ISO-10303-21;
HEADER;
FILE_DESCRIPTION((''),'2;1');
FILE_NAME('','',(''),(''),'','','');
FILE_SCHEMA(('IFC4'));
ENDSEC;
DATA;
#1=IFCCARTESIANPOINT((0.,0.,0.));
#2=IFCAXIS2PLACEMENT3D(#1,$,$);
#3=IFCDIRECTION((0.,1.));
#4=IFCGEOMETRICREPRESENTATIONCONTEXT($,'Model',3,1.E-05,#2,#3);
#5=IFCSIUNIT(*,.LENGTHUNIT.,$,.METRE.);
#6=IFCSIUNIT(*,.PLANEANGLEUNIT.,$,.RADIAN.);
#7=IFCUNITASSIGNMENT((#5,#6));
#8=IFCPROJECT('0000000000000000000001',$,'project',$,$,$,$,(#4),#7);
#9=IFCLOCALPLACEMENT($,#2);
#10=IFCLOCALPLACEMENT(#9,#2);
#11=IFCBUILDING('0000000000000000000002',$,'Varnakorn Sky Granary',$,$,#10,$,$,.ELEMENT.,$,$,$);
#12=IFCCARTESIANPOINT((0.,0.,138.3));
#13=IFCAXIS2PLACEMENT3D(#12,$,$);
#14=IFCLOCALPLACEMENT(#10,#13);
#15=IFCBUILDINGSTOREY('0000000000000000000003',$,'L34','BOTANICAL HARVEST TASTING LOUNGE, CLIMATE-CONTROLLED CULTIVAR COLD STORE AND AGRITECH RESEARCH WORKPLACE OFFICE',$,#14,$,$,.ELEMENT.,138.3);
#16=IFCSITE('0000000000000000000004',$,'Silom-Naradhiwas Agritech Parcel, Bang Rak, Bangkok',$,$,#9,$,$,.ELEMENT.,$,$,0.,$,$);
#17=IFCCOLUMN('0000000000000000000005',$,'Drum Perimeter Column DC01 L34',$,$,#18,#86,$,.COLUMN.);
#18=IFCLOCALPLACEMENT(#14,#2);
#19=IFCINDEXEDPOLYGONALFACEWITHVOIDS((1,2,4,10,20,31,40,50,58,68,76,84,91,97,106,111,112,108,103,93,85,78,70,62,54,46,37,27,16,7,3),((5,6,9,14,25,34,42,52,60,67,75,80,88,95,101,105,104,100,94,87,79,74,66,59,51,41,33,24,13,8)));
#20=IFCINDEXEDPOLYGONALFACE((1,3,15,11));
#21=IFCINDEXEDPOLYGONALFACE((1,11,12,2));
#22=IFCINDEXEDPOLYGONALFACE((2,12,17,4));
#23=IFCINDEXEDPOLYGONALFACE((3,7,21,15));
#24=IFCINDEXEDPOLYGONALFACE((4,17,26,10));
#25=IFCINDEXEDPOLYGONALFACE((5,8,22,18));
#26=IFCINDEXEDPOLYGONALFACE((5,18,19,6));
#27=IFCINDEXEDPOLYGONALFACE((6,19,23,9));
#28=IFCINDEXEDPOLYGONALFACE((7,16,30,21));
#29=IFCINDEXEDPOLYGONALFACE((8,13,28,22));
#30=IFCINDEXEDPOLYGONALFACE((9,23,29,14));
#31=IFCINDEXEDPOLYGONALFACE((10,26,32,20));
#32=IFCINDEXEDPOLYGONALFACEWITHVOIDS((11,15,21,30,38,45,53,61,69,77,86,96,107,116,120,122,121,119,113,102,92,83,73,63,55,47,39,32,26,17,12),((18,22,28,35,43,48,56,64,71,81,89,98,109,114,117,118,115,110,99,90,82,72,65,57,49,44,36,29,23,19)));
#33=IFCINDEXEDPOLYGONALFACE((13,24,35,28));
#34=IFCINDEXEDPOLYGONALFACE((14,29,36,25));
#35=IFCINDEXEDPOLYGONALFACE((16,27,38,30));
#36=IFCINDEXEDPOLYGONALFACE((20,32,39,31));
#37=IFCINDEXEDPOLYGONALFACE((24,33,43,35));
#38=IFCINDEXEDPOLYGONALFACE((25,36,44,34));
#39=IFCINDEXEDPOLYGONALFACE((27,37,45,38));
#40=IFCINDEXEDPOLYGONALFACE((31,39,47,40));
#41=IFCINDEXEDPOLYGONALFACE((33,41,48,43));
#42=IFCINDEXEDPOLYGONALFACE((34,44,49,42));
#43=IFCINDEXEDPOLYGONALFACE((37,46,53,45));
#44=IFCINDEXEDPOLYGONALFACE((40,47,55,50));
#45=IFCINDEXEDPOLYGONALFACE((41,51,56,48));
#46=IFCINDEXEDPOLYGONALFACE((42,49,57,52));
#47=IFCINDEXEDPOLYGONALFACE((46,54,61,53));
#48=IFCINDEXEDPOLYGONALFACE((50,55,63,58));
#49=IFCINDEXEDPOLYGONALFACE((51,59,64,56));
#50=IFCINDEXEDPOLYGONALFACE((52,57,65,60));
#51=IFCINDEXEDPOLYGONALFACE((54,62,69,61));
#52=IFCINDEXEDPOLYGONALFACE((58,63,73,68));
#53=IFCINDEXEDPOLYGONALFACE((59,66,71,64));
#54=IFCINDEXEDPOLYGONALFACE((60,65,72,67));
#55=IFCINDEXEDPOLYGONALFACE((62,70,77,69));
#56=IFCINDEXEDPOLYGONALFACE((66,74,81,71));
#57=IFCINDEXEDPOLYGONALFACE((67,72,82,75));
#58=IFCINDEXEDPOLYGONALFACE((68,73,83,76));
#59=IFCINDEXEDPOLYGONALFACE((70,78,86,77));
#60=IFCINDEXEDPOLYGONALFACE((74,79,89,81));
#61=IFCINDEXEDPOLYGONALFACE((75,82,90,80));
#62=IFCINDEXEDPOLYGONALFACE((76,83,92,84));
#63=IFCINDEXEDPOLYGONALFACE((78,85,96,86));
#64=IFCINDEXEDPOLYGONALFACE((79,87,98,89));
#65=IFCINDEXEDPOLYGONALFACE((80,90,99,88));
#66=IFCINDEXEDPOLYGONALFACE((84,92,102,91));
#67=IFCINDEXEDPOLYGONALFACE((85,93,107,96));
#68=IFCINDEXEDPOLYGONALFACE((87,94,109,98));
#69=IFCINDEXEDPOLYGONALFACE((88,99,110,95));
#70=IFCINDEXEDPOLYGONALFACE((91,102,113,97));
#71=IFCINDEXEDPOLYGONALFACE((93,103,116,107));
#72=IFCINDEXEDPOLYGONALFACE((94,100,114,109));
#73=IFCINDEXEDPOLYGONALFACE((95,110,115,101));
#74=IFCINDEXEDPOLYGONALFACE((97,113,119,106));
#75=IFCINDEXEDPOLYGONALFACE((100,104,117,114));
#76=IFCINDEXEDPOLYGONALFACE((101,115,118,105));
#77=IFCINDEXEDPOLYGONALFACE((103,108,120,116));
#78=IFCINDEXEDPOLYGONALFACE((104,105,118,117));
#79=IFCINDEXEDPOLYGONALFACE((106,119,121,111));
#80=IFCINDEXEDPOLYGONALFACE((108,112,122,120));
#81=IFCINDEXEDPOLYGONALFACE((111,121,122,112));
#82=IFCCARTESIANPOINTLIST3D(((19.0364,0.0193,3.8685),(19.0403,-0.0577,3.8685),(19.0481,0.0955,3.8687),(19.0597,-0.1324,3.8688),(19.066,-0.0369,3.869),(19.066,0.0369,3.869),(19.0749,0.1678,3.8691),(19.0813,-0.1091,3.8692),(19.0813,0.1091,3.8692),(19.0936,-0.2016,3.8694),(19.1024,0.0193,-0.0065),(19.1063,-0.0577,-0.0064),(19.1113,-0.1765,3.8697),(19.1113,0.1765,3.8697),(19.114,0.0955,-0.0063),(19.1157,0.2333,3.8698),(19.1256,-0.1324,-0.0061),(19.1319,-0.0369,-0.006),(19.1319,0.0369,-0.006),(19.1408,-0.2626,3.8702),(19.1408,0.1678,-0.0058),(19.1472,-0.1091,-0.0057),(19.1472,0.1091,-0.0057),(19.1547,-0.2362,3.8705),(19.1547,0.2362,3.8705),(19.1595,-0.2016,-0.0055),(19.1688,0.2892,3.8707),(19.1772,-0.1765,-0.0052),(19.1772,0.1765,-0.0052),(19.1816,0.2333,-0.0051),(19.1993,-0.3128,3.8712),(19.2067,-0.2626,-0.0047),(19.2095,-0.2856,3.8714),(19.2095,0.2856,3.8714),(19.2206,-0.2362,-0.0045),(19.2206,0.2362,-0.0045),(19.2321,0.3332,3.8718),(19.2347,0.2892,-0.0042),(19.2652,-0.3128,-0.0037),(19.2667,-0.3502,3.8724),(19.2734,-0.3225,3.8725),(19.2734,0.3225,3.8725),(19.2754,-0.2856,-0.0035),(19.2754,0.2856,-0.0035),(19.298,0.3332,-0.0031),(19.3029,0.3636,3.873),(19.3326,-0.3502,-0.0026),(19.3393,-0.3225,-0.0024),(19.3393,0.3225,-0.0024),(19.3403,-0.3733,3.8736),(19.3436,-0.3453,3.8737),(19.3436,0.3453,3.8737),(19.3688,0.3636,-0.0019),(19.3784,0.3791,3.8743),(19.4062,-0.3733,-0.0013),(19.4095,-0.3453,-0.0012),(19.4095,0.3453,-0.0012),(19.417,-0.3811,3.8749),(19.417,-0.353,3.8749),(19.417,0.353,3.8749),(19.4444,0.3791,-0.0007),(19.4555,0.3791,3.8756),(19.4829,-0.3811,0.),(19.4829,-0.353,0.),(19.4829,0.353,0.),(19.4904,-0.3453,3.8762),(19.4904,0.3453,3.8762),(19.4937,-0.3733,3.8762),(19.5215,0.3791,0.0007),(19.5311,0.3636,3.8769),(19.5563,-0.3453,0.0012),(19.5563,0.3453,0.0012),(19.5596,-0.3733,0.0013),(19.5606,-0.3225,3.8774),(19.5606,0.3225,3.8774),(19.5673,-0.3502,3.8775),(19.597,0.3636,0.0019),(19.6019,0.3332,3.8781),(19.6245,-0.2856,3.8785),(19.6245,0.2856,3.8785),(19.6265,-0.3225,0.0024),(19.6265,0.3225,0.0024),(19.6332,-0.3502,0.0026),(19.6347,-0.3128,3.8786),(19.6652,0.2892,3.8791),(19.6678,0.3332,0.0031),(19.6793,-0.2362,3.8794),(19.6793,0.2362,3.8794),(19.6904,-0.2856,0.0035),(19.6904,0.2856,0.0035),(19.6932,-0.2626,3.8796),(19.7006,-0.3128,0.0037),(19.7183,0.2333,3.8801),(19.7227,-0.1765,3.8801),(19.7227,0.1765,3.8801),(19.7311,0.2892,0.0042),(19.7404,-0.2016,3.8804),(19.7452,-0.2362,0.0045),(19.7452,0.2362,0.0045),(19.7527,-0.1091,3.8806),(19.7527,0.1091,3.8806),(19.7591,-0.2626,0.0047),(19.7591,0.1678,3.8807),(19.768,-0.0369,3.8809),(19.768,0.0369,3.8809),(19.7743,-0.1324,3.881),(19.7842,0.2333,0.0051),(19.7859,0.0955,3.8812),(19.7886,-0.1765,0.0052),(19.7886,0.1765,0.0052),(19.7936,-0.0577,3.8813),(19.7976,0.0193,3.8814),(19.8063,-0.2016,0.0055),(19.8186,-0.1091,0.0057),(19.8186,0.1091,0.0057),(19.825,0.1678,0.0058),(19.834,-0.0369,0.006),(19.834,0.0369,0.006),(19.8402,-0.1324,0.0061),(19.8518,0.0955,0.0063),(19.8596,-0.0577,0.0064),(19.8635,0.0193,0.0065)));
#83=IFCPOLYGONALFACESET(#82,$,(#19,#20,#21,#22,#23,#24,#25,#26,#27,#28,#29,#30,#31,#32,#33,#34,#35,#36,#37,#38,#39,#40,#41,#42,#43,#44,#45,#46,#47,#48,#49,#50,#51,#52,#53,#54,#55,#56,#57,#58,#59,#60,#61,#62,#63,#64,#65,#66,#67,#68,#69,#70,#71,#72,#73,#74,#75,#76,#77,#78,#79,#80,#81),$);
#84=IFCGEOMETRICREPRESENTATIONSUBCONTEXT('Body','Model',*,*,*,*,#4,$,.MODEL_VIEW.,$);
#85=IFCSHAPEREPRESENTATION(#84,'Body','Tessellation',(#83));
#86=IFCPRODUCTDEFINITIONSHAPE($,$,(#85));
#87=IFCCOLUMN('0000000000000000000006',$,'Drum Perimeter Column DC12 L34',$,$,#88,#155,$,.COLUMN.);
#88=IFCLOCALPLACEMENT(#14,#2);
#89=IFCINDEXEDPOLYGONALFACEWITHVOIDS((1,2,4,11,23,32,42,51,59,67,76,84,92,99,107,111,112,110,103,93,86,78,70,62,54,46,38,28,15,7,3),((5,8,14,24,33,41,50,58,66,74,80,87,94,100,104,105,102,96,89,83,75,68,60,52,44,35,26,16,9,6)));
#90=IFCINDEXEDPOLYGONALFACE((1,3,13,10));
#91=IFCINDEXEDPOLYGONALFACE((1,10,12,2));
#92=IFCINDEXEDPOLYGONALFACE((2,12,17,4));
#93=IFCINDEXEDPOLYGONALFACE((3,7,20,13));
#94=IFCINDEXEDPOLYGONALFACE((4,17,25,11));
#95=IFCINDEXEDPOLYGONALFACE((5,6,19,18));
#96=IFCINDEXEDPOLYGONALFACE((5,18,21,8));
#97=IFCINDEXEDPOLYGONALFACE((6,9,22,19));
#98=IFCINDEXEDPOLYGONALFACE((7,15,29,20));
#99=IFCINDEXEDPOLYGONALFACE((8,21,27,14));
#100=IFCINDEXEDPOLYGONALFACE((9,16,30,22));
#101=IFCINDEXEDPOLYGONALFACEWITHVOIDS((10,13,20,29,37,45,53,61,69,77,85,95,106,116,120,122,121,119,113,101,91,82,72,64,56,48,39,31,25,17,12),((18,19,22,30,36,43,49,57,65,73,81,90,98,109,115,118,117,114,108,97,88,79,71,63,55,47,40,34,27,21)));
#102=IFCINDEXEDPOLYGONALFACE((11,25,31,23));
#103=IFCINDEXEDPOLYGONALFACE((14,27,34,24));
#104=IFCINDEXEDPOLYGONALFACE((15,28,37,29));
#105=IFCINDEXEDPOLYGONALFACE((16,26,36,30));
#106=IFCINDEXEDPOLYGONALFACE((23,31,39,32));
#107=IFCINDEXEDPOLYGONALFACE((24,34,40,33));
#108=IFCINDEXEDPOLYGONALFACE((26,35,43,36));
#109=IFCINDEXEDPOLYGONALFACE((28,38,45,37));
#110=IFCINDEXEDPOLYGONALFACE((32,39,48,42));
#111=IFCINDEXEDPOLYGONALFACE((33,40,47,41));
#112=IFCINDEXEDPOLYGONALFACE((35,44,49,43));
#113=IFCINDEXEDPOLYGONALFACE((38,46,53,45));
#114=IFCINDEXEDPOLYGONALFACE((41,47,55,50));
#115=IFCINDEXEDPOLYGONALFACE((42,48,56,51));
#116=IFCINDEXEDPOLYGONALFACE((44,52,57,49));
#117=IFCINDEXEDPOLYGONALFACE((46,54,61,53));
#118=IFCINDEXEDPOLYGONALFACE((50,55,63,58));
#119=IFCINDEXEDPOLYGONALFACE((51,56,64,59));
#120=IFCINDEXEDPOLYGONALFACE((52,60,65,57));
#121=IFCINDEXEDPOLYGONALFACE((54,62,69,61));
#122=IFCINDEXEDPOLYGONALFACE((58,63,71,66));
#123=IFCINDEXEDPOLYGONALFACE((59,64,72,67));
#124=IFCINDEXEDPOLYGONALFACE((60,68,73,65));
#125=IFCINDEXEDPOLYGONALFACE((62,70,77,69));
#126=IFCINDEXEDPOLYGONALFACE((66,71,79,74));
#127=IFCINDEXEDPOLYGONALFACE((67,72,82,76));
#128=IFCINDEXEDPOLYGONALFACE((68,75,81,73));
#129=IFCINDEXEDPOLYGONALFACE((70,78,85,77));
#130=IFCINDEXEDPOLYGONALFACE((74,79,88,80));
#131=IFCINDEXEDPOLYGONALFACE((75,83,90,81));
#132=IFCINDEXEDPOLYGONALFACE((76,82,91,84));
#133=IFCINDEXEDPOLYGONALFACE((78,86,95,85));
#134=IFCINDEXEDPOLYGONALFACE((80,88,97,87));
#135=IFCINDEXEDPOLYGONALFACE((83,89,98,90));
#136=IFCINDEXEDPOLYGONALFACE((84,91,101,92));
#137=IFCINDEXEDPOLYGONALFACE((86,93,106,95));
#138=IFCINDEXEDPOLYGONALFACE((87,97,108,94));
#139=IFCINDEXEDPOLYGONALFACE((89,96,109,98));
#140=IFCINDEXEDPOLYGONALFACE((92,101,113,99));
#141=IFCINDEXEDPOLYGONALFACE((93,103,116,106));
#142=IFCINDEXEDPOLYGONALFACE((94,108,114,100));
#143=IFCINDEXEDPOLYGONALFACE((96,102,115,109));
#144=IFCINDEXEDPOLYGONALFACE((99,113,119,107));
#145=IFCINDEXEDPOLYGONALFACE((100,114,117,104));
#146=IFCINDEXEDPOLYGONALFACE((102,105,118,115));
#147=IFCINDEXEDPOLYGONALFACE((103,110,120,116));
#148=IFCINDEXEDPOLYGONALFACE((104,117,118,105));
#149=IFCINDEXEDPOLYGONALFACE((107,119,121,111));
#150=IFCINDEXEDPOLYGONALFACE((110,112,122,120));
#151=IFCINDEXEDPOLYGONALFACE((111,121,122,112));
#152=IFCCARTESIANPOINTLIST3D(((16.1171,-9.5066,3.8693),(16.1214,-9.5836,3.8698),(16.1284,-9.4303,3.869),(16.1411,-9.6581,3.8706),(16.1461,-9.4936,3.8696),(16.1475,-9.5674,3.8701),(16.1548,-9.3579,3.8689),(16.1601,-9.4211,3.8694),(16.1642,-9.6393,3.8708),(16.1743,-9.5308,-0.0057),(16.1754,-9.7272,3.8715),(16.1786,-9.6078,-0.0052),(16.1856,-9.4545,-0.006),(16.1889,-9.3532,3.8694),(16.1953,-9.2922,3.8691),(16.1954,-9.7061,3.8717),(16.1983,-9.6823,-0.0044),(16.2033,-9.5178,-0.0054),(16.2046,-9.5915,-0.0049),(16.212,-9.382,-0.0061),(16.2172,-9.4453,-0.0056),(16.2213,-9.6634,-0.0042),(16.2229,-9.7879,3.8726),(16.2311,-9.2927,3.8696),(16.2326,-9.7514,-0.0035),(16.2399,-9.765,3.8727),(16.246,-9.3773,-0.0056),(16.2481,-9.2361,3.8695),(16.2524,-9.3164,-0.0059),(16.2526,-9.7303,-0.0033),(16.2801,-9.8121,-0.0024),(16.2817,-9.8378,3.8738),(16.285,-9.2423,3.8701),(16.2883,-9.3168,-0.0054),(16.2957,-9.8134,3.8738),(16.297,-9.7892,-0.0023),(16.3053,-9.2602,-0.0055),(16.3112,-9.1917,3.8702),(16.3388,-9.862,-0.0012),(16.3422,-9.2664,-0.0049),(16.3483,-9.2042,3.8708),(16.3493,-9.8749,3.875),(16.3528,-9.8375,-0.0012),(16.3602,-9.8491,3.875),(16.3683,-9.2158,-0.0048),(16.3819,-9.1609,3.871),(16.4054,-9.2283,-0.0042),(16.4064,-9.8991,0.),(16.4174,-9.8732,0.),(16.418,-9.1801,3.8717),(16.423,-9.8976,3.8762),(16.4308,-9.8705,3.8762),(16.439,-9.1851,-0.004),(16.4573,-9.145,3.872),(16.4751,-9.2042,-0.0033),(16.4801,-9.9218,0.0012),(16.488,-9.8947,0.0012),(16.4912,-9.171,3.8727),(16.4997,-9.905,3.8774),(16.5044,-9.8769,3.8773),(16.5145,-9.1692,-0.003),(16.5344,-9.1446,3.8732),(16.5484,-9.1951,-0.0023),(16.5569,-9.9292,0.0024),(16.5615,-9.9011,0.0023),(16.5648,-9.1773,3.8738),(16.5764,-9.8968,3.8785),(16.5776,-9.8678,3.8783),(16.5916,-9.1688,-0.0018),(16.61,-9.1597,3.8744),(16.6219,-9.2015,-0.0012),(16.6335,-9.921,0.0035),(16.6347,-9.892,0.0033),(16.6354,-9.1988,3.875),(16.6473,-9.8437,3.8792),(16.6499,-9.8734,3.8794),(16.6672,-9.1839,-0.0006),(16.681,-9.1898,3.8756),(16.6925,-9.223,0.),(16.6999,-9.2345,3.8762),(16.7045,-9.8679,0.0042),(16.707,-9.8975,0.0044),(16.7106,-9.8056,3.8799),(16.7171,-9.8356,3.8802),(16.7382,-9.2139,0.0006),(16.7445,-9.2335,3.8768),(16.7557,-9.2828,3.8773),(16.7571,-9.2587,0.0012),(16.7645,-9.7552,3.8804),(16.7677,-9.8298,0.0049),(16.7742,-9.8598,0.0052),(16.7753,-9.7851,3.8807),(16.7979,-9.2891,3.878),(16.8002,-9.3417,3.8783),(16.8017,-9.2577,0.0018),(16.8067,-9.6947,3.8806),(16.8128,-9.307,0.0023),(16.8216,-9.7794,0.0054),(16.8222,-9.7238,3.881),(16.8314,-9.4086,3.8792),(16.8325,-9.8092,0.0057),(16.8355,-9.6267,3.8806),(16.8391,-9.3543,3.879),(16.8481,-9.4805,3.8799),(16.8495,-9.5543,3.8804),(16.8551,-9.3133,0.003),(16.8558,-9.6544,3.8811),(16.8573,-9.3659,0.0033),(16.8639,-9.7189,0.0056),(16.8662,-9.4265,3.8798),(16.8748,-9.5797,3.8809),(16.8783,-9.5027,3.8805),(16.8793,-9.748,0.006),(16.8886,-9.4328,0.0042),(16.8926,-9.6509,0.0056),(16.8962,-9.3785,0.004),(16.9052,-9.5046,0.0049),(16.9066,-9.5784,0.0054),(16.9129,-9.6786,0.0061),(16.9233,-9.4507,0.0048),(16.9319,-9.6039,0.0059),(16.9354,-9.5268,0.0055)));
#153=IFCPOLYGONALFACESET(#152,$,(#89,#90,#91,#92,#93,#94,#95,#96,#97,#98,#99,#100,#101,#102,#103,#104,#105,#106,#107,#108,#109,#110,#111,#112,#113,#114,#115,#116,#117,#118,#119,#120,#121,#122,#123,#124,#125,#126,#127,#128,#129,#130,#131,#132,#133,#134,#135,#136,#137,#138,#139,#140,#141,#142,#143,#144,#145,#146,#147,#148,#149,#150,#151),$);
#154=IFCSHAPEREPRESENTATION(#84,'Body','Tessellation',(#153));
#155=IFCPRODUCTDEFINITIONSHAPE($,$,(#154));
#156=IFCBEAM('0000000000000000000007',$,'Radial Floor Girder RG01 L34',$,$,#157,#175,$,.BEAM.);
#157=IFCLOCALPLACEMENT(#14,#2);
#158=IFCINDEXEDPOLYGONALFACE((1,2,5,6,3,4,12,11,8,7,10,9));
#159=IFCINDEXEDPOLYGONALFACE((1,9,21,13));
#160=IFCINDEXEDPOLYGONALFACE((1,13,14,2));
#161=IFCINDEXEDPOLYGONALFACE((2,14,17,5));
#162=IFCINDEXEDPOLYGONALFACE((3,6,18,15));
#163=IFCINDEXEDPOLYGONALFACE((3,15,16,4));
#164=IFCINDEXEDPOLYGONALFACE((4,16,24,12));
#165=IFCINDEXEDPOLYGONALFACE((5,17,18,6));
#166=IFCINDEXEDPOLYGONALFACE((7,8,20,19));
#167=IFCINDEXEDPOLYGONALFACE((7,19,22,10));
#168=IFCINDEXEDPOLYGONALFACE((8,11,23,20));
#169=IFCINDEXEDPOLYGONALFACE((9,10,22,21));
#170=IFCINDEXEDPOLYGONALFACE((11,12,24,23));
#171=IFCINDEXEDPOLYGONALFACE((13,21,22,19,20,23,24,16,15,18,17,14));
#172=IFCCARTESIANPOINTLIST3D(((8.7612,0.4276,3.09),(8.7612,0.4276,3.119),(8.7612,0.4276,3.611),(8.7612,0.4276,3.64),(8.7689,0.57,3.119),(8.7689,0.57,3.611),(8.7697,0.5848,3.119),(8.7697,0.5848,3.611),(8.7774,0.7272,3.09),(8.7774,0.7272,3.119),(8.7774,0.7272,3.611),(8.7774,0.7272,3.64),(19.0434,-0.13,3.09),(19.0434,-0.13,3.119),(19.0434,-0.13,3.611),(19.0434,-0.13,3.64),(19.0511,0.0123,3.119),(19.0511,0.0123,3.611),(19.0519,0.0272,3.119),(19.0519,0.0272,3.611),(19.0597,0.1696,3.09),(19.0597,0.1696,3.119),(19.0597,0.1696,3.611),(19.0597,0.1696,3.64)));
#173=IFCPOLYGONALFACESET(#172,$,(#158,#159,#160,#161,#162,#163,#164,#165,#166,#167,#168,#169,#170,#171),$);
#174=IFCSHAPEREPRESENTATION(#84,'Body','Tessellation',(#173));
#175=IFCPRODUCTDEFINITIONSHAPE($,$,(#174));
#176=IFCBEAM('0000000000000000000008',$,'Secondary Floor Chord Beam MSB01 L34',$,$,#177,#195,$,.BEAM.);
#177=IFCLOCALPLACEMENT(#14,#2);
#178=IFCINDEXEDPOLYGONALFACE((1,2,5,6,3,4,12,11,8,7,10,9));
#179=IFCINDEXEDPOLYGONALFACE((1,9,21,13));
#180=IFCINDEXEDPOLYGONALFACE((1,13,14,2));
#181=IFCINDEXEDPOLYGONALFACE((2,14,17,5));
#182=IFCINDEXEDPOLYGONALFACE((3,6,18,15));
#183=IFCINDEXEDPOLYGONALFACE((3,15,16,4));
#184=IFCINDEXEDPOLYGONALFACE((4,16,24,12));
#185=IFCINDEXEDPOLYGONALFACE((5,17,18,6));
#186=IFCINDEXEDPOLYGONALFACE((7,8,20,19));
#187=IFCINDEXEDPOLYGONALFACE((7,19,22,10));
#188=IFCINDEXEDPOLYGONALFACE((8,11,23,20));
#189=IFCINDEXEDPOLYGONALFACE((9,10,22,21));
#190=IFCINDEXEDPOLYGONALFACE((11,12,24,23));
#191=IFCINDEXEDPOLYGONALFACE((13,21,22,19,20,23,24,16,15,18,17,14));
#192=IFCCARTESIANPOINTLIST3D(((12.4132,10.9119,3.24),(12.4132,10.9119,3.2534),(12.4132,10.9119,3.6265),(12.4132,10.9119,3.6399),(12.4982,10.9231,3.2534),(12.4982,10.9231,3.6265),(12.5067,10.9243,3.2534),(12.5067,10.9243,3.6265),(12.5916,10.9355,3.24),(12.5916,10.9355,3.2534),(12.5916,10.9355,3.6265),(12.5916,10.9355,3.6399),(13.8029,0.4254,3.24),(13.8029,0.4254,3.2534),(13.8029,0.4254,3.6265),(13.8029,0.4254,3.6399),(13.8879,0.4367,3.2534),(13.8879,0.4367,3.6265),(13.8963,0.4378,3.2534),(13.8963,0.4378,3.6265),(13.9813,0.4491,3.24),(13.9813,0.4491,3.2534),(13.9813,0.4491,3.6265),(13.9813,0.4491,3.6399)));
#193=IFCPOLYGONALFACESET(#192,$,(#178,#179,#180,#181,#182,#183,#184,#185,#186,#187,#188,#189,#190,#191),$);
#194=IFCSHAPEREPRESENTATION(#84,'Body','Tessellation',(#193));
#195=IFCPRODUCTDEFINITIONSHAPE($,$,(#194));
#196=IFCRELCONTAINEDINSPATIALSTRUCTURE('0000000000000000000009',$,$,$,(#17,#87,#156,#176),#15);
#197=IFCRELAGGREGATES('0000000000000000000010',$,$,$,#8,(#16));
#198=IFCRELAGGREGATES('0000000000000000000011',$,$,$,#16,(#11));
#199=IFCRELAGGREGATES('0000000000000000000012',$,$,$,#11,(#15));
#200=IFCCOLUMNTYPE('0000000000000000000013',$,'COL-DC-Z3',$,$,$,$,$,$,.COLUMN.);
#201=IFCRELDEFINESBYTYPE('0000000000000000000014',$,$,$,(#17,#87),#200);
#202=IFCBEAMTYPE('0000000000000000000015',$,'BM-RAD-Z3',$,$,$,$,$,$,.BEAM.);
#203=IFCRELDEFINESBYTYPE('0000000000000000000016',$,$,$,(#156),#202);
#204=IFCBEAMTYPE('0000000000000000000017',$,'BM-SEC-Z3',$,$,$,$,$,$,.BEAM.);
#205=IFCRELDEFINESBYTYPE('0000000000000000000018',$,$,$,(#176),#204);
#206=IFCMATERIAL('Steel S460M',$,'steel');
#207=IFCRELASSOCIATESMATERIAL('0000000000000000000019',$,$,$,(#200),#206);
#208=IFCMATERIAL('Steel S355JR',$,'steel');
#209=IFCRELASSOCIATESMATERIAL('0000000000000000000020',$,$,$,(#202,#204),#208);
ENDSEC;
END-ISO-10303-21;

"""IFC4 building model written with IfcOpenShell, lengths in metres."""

from ifc_helpers import new_model, si_unit, direction, frame, origin, origin_2d, place, context, subcontext, project, spatial, hollow_circle, i_section, extrude, material, material_profile, profile_set, type_object, element, save


model = new_model("IFC4")

# Units and contexts
model_context = context("Model", 3, precision=1e-05, world=origin(), true_north=direction((0.0, 1.0)))
body_context = subcontext(model_context, "Body", "Model", "MODEL_VIEW")
ifc_project = project(units=[si_unit("LENGTHUNIT", "METRE"), si_unit("PLANEANGLEUNIT", "RADIAN")], contexts=[model_context])

# Site, building, storey
site_placement = place(None, origin())
site = spatial("IfcSite", under=ifc_project, at=site_placement, Name="Silom-Naradhiwas Agritech Parcel, Bang Rak, Bangkok", CompositionType="ELEMENT", RefElevation=0.0)
building_placement = place(site_placement, origin())
building = spatial("IfcBuilding", under=site, at=building_placement, Name="Varnakorn Sky Granary", CompositionType="ELEMENT")
storey_placement = place(building_placement, frame((0.0, 0.0, 138.3)))
storey = spatial("IfcBuildingStorey", under=building, at=storey_placement, Name="L34", Description="BOTANICAL HARVEST TASTING LOUNGE, CLIMATE-CONTROLLED CULTIVAR COLD STORE AND AGRITECH RESEARCH WORKPLACE OFFICE", CompositionType="ELEMENT", Elevation=138.3)

# Columns
ifc_material_1 = material(Name="Steel S460M", Category="steel")
ifc_material_profile_1 = material_profile(ifc_material_1, hollow_circle(Radius=0.3811, WallThickness=0.0281, at=origin_2d()), Name="CHS 762x28")
ifc_profile_set_1 = profile_set([ifc_material_profile_1], Name="Steel S460M")
column_type = type_object("IfcColumnType", Name="COL-DC-Z3", PredefinedType="COLUMN", material=ifc_profile_set_1)
for number, where, z_axis, x_axis, name in (
    (1, (19.4829, 0.0, 0.0), (-0.017009, 0.0, 0.999855), (0.0, -1.0, 0.0), "Drum Perimeter Column DC01 L34"),
    (2, (16.5549, -9.5481, 0.0), (-0.014741, 0.006237, 0.999872), (-0.38964, -0.920967, 0.0), "Drum Perimeter Column DC12 L34"),
):
    element("IfcColumn", number, at=place(storey_placement, frame(where, z_axis=z_axis, x_axis=x_axis)), inside=storey, type_object=column_type, Name=name, PredefinedType="COLUMN", context=body_context, shape_type="SweptSolid", body=[
        extrude(hollow_circle(Radius=0.3811, WallThickness=0.0281, at=origin_2d()), origin(), (0.0, 0.0, 1.0), 3.8755),
    ])

# Beams
ifc_material_2 = material(Name="Steel S355JR", Category="steel")
ifc_material_profile_2 = material_profile(ifc_material_2, i_section(OverallWidth=0.3, OverallDepth=0.55, WebThickness=0.0149, FlangeThickness=0.0291, at=origin_2d()), Name="HE 550 B")
ifc_profile_set_2 = profile_set([ifc_material_profile_2], Name="Steel S355JR")
beam_type_1 = type_object("IfcBeamType", Name="BM-RAD-Z3", PredefinedType="BEAM", material=ifc_profile_set_2)
beam_1_placement = place(storey_placement, frame((8.7693, 0.5774, 3.365), z_axis=(0.998533, -0.054152, 0.0), x_axis=(0.054152, 0.998533, 0.0)))
element("IfcBeam", 3, at=beam_1_placement, inside=storey, type_object=beam_type_1, Name="Radial Floor Girder RG01 L34", PredefinedType="BEAM", context=body_context, shape_type="SweptSolid", body=[
    extrude(i_section(OverallWidth=0.3, OverallDepth=0.55, WebThickness=0.0149, FlangeThickness=0.0291, at=origin_2d()), origin(), (0.0, 0.0, 1.0), 10.2974),
])
ifc_material_profile_3 = material_profile(ifc_material_2, i_section(OverallWidth=0.1799, OverallDepth=0.3999, WebThickness=0.0085, FlangeThickness=0.0134, at=origin_2d()), Name="IPE 400")
ifc_profile_set_3 = profile_set([ifc_material_profile_3], Name="Steel S355JR")
beam_type_2 = type_object("IfcBeamType", Name="BM-SEC-Z3", PredefinedType="BEAM", material=ifc_profile_set_3)
beam_2_placement = place(storey_placement, frame((13.8921, 0.4373, 3.4399), z_axis=(-0.131371, 0.991333, 0.0), x_axis=(-0.991333, -0.131371, 0.0)))
element("IfcBeam", 4, at=beam_2_placement, inside=storey, type_object=beam_type_2, Name="Secondary Floor Chord Beam MSB01 L34", PredefinedType="BEAM", context=body_context, shape_type="SweptSolid", body=[
    extrude(i_section(OverallWidth=0.1799, OverallDepth=0.3999, WebThickness=0.0085, FlangeThickness=0.0134, at=origin_2d()), origin(), (0.0, 0.0, 1.0), 10.5781),
])

save(model, "model.ifc")
